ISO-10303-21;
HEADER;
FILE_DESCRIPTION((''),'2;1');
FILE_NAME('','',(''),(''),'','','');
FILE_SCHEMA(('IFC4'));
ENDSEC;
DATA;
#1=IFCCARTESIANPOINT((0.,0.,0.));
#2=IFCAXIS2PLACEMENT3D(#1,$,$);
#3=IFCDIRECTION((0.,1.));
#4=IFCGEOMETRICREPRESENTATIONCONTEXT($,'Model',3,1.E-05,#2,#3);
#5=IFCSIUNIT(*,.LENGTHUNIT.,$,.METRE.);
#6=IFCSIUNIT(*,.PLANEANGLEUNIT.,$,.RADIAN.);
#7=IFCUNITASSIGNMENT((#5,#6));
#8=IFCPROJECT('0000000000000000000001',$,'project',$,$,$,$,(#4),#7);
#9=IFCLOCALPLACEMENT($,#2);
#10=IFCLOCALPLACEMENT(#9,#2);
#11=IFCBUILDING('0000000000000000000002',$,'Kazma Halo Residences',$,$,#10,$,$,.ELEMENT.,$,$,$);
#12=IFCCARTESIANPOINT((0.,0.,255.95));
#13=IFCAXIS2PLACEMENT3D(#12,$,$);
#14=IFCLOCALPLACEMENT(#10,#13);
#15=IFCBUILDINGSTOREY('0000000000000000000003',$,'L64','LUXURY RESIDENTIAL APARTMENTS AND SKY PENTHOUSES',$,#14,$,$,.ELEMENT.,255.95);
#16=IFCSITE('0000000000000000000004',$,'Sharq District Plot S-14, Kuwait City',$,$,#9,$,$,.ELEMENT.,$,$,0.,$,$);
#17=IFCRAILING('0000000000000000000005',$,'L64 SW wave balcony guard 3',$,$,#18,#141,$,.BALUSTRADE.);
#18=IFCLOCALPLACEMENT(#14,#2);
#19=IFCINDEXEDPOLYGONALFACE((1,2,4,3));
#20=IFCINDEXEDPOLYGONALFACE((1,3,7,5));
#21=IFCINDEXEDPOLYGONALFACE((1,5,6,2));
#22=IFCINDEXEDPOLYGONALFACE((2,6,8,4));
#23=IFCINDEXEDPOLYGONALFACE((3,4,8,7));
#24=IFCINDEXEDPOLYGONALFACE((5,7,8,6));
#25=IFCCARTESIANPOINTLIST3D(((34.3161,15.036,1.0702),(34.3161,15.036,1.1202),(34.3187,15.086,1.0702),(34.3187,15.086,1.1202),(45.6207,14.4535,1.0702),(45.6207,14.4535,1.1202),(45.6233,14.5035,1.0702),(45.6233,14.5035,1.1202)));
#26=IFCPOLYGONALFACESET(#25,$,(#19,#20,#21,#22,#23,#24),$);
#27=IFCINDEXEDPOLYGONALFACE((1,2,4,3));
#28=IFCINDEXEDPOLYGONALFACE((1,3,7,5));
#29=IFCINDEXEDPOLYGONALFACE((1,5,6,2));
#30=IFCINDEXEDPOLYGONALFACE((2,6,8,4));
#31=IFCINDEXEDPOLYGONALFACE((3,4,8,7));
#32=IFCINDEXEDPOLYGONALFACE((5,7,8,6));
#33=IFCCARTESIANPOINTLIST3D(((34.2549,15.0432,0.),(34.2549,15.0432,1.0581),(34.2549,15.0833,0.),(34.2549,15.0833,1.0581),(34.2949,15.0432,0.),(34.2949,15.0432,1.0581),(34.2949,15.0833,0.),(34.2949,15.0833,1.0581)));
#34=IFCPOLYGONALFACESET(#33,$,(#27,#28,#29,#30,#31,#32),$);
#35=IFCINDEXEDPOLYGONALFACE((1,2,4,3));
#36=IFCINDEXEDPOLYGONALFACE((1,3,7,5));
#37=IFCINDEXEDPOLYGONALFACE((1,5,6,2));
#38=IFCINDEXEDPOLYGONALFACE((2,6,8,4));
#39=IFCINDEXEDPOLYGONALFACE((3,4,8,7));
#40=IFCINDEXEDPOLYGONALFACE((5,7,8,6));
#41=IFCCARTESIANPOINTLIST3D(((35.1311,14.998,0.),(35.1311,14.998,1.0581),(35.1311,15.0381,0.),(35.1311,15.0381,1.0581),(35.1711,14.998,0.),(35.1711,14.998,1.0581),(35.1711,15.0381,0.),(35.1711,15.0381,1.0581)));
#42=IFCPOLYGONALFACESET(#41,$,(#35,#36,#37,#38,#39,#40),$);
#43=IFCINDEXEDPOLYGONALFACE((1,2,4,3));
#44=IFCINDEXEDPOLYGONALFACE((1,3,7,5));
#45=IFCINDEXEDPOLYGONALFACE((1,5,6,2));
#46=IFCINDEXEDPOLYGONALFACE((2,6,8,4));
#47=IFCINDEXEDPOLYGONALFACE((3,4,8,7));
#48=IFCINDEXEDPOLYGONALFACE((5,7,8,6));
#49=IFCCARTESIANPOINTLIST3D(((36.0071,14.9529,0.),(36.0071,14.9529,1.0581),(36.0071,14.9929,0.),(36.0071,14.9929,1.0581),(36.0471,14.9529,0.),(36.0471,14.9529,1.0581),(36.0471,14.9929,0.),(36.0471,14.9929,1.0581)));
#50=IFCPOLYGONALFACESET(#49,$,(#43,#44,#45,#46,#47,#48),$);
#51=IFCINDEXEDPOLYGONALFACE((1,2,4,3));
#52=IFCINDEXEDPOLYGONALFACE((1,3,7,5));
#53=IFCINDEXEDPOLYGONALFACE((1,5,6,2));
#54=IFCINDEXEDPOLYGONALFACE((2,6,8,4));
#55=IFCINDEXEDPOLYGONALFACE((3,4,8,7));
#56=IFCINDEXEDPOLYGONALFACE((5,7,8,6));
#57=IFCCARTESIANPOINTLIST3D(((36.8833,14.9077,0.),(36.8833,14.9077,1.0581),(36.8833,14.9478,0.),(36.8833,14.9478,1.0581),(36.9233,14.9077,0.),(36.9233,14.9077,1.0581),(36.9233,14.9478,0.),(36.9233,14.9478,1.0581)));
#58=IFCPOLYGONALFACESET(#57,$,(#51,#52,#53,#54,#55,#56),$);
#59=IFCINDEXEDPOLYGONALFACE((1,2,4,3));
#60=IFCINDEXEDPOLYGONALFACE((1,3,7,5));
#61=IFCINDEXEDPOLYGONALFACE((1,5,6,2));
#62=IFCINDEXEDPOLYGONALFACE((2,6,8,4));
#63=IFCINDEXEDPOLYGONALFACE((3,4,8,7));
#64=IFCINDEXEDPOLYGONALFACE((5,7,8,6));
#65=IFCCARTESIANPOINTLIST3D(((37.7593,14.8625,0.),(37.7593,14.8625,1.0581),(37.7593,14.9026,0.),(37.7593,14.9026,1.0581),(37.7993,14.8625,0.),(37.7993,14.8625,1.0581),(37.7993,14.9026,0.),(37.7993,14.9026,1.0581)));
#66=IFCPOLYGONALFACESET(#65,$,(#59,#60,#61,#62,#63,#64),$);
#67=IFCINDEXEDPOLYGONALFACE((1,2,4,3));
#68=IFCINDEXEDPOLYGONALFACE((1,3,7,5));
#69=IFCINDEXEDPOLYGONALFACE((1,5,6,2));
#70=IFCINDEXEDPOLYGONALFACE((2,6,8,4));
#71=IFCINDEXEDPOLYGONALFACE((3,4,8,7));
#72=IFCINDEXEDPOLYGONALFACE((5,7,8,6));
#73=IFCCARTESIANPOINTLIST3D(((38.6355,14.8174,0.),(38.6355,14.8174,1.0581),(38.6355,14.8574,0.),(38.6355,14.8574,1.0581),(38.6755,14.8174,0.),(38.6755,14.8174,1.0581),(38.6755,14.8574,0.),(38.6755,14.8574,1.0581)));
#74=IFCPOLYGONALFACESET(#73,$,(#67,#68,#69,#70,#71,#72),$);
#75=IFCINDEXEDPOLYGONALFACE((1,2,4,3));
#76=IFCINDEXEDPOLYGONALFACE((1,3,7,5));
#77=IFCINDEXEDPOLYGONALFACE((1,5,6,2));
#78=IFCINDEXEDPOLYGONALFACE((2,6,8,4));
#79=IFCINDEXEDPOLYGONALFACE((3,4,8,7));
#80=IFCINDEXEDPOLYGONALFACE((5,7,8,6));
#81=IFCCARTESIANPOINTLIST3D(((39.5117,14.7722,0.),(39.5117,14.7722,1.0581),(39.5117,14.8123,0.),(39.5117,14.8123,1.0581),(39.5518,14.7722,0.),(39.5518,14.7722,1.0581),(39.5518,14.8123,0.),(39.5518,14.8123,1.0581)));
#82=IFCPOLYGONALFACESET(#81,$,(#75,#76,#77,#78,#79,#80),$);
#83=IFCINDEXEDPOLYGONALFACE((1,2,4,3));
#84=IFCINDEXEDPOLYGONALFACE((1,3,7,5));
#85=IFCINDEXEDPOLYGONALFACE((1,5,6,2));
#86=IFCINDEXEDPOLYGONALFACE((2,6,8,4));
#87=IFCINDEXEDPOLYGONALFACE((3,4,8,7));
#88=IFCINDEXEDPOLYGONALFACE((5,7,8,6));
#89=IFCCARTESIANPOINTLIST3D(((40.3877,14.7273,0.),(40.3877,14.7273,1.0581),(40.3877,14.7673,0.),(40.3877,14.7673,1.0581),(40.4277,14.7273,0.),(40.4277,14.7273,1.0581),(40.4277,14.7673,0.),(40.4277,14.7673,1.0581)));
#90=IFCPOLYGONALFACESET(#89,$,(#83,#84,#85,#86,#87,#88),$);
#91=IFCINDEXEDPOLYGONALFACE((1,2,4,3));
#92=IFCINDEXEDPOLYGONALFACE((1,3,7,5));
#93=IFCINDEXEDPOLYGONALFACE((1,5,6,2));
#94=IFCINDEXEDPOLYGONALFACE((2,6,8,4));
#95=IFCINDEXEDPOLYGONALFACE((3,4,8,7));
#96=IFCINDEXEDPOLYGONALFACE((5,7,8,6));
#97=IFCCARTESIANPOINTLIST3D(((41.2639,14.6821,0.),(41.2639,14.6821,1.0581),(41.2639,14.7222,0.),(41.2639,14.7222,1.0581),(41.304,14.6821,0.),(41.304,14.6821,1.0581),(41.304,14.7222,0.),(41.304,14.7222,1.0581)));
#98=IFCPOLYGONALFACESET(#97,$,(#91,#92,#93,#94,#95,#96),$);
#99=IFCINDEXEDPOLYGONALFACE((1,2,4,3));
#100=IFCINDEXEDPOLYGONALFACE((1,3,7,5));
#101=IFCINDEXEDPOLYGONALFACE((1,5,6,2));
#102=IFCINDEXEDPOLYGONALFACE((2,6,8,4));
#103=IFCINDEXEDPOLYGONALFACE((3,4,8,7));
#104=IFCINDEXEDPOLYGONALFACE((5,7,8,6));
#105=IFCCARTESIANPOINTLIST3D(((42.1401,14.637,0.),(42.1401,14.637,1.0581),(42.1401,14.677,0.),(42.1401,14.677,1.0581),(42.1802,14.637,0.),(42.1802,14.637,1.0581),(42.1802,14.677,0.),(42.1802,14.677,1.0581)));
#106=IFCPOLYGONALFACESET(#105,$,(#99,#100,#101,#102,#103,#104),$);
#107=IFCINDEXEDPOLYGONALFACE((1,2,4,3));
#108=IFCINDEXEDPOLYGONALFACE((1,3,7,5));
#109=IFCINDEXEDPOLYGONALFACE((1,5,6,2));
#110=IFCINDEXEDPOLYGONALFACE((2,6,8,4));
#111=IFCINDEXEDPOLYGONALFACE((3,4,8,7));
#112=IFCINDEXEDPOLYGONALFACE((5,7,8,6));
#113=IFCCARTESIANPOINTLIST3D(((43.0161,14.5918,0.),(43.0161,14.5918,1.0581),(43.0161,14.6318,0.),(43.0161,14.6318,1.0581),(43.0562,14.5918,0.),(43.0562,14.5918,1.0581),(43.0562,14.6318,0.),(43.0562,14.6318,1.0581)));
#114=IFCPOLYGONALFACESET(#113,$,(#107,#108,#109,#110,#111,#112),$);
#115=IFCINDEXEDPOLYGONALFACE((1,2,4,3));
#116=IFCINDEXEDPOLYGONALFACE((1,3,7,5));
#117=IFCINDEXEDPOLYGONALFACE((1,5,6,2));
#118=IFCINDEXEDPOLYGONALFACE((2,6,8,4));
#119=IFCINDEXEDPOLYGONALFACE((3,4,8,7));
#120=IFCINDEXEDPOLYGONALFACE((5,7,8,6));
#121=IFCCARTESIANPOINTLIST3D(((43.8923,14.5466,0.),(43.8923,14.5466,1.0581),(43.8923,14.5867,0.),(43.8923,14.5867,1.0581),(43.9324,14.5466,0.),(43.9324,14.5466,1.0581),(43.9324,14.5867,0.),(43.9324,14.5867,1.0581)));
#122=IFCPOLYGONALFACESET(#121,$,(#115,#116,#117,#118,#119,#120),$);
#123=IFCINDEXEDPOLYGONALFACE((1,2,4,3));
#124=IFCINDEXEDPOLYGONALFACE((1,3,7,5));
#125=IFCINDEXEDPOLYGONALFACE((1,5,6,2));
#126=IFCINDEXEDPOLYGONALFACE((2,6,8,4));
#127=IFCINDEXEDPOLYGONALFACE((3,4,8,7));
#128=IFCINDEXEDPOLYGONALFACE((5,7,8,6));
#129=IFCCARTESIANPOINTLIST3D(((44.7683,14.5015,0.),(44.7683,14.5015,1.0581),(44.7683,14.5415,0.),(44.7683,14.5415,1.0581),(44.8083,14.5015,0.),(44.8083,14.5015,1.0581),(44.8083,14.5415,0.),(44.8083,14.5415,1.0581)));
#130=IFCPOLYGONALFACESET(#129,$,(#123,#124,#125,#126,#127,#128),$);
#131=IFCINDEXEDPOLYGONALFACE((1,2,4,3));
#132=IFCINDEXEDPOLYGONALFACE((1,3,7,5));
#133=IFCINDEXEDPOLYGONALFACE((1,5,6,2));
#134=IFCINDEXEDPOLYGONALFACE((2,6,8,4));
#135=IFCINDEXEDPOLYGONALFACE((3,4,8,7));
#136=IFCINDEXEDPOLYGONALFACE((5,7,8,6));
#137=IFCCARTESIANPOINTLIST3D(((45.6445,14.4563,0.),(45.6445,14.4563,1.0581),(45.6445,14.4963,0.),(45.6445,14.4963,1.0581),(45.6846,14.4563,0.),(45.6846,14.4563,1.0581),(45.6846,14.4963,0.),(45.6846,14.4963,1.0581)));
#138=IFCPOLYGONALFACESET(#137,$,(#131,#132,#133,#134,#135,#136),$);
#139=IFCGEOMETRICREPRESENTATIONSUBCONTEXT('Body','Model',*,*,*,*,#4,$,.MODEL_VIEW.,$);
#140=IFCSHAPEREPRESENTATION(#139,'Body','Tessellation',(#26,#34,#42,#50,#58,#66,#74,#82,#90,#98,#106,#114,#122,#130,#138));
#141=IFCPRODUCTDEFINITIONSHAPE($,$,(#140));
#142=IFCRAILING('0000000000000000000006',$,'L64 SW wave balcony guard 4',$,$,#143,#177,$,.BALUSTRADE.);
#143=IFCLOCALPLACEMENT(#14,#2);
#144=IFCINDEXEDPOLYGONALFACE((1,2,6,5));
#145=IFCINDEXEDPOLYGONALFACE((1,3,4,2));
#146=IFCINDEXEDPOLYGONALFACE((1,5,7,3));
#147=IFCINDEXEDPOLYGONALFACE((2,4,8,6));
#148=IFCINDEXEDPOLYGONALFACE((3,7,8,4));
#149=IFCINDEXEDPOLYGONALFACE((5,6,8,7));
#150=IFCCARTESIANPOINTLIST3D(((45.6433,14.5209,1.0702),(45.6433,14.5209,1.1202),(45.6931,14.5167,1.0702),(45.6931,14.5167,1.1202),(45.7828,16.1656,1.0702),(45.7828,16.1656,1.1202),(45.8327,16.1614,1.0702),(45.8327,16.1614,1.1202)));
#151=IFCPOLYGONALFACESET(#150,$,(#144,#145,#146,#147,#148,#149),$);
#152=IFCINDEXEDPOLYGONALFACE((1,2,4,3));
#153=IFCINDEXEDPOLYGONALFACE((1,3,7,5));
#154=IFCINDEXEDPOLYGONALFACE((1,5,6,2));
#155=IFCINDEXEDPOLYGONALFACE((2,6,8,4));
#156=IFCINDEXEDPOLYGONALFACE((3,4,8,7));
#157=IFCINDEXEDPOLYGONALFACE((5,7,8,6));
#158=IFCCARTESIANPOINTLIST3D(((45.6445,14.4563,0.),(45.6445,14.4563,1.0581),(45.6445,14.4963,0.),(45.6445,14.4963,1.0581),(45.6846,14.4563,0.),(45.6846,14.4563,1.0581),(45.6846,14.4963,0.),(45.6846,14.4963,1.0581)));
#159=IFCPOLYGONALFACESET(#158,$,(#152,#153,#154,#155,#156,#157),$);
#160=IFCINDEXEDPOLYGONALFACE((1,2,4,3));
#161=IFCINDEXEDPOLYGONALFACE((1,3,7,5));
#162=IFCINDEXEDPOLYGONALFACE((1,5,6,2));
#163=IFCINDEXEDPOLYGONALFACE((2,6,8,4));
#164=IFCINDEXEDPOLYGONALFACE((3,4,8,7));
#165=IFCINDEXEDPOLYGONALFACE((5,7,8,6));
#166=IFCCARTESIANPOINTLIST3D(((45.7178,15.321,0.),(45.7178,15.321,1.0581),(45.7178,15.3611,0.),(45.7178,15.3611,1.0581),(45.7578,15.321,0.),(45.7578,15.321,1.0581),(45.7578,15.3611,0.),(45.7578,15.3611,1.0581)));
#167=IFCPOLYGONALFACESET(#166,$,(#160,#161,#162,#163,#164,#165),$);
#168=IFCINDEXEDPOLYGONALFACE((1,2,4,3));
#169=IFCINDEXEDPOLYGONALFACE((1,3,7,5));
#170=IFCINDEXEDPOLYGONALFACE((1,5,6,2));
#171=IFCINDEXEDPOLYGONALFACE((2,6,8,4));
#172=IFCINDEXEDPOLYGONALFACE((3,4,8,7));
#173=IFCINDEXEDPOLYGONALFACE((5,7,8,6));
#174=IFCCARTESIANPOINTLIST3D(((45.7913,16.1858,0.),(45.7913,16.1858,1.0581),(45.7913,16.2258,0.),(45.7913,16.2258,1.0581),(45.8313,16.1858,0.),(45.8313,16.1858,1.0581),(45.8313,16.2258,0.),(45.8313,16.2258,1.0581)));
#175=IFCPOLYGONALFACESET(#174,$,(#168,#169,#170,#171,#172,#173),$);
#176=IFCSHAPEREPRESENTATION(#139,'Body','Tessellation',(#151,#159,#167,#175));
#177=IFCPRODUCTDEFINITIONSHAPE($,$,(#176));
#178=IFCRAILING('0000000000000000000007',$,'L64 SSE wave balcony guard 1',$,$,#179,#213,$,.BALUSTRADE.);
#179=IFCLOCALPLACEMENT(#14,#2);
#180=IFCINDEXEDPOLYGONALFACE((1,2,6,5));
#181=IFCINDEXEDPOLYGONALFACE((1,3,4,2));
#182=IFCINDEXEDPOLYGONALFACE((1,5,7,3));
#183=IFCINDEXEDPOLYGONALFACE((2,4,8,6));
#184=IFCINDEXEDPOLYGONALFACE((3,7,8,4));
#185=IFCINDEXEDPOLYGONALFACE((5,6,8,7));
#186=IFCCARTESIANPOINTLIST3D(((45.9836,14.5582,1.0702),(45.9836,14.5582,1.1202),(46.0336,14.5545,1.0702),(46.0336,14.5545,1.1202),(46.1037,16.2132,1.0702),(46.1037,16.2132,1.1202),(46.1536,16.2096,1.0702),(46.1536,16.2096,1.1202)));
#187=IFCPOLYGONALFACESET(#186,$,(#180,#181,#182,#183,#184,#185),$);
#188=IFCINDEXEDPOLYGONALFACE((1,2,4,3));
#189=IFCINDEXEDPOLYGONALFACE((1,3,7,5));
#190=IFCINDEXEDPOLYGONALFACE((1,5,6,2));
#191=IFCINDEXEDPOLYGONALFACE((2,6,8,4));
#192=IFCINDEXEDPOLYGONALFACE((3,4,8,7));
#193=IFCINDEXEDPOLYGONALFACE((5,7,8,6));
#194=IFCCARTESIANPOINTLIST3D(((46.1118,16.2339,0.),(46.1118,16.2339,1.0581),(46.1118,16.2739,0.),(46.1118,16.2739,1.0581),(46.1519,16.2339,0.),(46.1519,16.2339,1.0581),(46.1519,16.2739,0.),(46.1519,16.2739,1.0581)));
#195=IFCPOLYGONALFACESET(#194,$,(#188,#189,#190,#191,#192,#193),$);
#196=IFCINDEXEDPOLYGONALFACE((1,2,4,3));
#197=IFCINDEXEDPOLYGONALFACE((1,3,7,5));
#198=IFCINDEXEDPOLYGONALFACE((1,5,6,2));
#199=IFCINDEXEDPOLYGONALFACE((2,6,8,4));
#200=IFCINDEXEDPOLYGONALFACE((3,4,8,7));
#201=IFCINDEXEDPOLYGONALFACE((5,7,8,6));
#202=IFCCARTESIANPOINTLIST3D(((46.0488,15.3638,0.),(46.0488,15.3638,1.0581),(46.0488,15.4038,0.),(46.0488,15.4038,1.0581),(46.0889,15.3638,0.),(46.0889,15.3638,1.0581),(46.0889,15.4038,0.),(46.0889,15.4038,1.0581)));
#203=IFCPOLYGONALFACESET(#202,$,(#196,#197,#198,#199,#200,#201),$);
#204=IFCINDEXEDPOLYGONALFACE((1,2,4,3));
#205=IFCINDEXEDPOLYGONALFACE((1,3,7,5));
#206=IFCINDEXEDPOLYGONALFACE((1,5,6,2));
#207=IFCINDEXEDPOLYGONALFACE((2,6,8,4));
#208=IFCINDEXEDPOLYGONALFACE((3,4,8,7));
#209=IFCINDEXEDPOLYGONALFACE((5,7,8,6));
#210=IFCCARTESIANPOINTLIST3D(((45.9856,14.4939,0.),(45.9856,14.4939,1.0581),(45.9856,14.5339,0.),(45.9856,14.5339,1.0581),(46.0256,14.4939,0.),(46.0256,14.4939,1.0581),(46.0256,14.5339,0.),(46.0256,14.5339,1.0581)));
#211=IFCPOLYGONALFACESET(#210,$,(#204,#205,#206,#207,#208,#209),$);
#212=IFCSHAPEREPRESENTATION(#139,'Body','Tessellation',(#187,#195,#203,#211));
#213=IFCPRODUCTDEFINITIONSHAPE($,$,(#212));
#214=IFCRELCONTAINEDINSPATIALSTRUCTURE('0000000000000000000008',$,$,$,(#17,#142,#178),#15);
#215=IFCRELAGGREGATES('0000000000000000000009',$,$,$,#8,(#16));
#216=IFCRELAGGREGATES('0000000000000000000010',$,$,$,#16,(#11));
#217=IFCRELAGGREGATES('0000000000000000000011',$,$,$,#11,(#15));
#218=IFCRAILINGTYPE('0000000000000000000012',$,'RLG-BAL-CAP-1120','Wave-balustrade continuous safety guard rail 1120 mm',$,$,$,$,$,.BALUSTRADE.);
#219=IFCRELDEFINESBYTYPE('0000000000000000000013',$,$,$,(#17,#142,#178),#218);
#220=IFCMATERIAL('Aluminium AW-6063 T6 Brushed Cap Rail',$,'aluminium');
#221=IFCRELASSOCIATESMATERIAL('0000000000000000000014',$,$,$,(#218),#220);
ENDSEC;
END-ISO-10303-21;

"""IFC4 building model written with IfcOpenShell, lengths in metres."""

from ifc_helpers import new_model, si_unit, direction, frame, origin, origin_2d, place, context, subcontext, project, spatial, rectangle, extrude, material, type_object, element, save


model = new_model("IFC4")

# Units and contexts
model_context = context("Model", 3, precision=1e-05, world=origin(), true_north=direction((0.0, 1.0)))
body_context = subcontext(model_context, "Body", "Model", "MODEL_VIEW")
ifc_project = project(units=[si_unit("LENGTHUNIT", "METRE"), si_unit("PLANEANGLEUNIT", "RADIAN")], contexts=[model_context])

# Site, building, storey
site_placement = place(None, origin())
site = spatial("IfcSite", under=ifc_project, at=site_placement, Name="Sharq District Plot S-14, Kuwait City", CompositionType="ELEMENT", RefElevation=0.0)
building_placement = place(site_placement, origin())
building = spatial("IfcBuilding", under=site, at=building_placement, Name="Kazma Halo Residences", CompositionType="ELEMENT")
storey_placement = place(building_placement, frame((0.0, 0.0, 255.95)))
storey = spatial("IfcBuildingStorey", under=building, at=storey_placement, Name="L64", Description="LUXURY RESIDENTIAL APARTMENTS AND SKY PENTHOUSES", CompositionType="ELEMENT", Elevation=255.95)

# Railings
ifc_material_1 = material(Name="Aluminium AW-6063 T6 Brushed Cap Rail", Category="aluminium")
railing_type = type_object("IfcRailingType", Name="RLG-BAL-CAP-1120", Description="Wave-balustrade continuous safety guard rail 1120 mm", PredefinedType="BALUSTRADE", material=ifc_material_1)
railing_1_placement = place(storey_placement, frame((34.2749, 15.0632, 0.0)))
element("IfcRailing", 1, at=railing_1_placement, inside=storey, type_object=railing_type, Name="L64 SW wave balcony guard 3", PredefinedType="BALUSTRADE", context=body_context, shape_type="SweptSolid", body=[
    extrude(rectangle(XDim=0.05, YDim=0.05, at=origin_2d()), frame((0.0425, -0.0022, 1.0952), z_axis=(0.998675, -0.051462, 0.0), x_axis=(0.051462, 0.998675, 0.0)), (0.0, 0.0, 1.0), 11.3196),
    extrude(rectangle(XDim=0.04, YDim=0.04, at=origin_2d()), origin(), (0.0, 0.0, 1.0), 1.0581),
    extrude(rectangle(XDim=0.04, YDim=0.04, at=origin_2d()), frame((0.8762, -0.0452, 0.0)), (0.0, 0.0, 1.0), 1.0581),
    extrude(rectangle(XDim=0.04, YDim=0.04, at=origin_2d()), frame((1.7522, -0.0903, 0.0)), (0.0, 0.0, 1.0), 1.0581),
    extrude(rectangle(XDim=0.04, YDim=0.04, at=origin_2d()), frame((2.6284, -0.1355, 0.0)), (0.0, 0.0, 1.0), 1.0581),
    extrude(rectangle(XDim=0.04, YDim=0.04, at=origin_2d()), frame((3.5044, -0.1807, 0.0)), (0.0, 0.0, 1.0), 1.0581),
    extrude(rectangle(XDim=0.04, YDim=0.04, at=origin_2d()), frame((4.3806, -0.2258, 0.0)), (0.0, 0.0, 1.0), 1.0581),
    extrude(rectangle(XDim=0.04, YDim=0.04, at=origin_2d()), frame((5.2568, -0.271, 0.0)), (0.0, 0.0, 1.0), 1.0581),
    extrude(rectangle(XDim=0.04, YDim=0.04, at=origin_2d()), frame((6.1328, -0.3159, 0.0)), (0.0, 0.0, 1.0), 1.0581),
    extrude(rectangle(XDim=0.04, YDim=0.04, at=origin_2d()), frame((7.009, -0.3611, 0.0)), (0.0, 0.0, 1.0), 1.0581),
    extrude(rectangle(XDim=0.04, YDim=0.04, at=origin_2d()), frame((7.8853, -0.4062, 0.0)), (0.0, 0.0, 1.0), 1.0581),
    extrude(rectangle(XDim=0.04, YDim=0.04, at=origin_2d()), frame((8.7612, -0.4514, 0.0)), (0.0, 0.0, 1.0), 1.0581),
    extrude(rectangle(XDim=0.04, YDim=0.04, at=origin_2d()), frame((9.6375, -0.4966, 0.0)), (0.0, 0.0, 1.0), 1.0581),
    extrude(rectangle(XDim=0.04, YDim=0.04, at=origin_2d()), frame((10.5134, -0.5417, 0.0)), (0.0, 0.0, 1.0), 1.0581),
    extrude(rectangle(XDim=0.04, YDim=0.04, at=origin_2d()), frame((11.3896, -0.5869, 0.0)), (0.0, 0.0, 1.0), 1.0581),
])
railing_2_placement = place(storey_placement, frame((45.6646, 14.4763, 0.0)))
element("IfcRailing", 2, at=railing_2_placement, inside=storey, type_object=railing_type, Name="L64 SW wave balcony guard 4", PredefinedType="BALUSTRADE", context=body_context, shape_type="SweptSolid", body=[
    extrude(rectangle(XDim=0.05, YDim=0.05, at=origin_2d()), frame((0.0037, 0.0425, 1.0952), z_axis=(0.084535, 0.99642, 0.0), x_axis=(-0.99642, 0.084535, 0.0)), (0.0, 0.0, 1.0), 1.6506),
    extrude(rectangle(XDim=0.04, YDim=0.04, at=origin_2d()), origin(), (0.0, 0.0, 1.0), 1.0581),
    extrude(rectangle(XDim=0.04, YDim=0.04, at=origin_2d()), frame((0.0732, 0.8647, 0.0)), (0.0, 0.0, 1.0), 1.0581),
    extrude(rectangle(XDim=0.04, YDim=0.04, at=origin_2d()), frame((0.1467, 1.7295, 0.0)), (0.0, 0.0, 1.0), 1.0581),
])
railing_3_placement = place(storey_placement, frame((46.1318, 16.2539, 0.0)))
element("IfcRailing", 3, at=railing_3_placement, inside=storey, type_object=railing_type, Name="L64 SSE wave balcony guard 1", PredefinedType="BALUSTRADE", context=body_context, shape_type="SweptSolid", body=[
    extrude(rectangle(XDim=0.05, YDim=0.05, at=origin_2d()), frame((-0.0032, -0.0425, 1.0952), z_axis=(-0.072351, -0.997379, 0.0), x_axis=(0.997379, -0.072351, 0.0)), (0.0, 0.0, 1.0), 1.6594),
    extrude(rectangle(XDim=0.04, YDim=0.04, at=origin_2d()), origin(), (0.0, 0.0, 1.0), 1.0581),
    extrude(rectangle(XDim=0.04, YDim=0.04, at=origin_2d()), frame((-0.063, -0.8701, 0.0)), (0.0, 0.0, 1.0), 1.0581),
    extrude(rectangle(XDim=0.04, YDim=0.04, at=origin_2d()), frame((-0.1262, -1.74, 0.0)), (0.0, 0.0, 1.0), 1.0581),
])

save(model, "model.ifc")
